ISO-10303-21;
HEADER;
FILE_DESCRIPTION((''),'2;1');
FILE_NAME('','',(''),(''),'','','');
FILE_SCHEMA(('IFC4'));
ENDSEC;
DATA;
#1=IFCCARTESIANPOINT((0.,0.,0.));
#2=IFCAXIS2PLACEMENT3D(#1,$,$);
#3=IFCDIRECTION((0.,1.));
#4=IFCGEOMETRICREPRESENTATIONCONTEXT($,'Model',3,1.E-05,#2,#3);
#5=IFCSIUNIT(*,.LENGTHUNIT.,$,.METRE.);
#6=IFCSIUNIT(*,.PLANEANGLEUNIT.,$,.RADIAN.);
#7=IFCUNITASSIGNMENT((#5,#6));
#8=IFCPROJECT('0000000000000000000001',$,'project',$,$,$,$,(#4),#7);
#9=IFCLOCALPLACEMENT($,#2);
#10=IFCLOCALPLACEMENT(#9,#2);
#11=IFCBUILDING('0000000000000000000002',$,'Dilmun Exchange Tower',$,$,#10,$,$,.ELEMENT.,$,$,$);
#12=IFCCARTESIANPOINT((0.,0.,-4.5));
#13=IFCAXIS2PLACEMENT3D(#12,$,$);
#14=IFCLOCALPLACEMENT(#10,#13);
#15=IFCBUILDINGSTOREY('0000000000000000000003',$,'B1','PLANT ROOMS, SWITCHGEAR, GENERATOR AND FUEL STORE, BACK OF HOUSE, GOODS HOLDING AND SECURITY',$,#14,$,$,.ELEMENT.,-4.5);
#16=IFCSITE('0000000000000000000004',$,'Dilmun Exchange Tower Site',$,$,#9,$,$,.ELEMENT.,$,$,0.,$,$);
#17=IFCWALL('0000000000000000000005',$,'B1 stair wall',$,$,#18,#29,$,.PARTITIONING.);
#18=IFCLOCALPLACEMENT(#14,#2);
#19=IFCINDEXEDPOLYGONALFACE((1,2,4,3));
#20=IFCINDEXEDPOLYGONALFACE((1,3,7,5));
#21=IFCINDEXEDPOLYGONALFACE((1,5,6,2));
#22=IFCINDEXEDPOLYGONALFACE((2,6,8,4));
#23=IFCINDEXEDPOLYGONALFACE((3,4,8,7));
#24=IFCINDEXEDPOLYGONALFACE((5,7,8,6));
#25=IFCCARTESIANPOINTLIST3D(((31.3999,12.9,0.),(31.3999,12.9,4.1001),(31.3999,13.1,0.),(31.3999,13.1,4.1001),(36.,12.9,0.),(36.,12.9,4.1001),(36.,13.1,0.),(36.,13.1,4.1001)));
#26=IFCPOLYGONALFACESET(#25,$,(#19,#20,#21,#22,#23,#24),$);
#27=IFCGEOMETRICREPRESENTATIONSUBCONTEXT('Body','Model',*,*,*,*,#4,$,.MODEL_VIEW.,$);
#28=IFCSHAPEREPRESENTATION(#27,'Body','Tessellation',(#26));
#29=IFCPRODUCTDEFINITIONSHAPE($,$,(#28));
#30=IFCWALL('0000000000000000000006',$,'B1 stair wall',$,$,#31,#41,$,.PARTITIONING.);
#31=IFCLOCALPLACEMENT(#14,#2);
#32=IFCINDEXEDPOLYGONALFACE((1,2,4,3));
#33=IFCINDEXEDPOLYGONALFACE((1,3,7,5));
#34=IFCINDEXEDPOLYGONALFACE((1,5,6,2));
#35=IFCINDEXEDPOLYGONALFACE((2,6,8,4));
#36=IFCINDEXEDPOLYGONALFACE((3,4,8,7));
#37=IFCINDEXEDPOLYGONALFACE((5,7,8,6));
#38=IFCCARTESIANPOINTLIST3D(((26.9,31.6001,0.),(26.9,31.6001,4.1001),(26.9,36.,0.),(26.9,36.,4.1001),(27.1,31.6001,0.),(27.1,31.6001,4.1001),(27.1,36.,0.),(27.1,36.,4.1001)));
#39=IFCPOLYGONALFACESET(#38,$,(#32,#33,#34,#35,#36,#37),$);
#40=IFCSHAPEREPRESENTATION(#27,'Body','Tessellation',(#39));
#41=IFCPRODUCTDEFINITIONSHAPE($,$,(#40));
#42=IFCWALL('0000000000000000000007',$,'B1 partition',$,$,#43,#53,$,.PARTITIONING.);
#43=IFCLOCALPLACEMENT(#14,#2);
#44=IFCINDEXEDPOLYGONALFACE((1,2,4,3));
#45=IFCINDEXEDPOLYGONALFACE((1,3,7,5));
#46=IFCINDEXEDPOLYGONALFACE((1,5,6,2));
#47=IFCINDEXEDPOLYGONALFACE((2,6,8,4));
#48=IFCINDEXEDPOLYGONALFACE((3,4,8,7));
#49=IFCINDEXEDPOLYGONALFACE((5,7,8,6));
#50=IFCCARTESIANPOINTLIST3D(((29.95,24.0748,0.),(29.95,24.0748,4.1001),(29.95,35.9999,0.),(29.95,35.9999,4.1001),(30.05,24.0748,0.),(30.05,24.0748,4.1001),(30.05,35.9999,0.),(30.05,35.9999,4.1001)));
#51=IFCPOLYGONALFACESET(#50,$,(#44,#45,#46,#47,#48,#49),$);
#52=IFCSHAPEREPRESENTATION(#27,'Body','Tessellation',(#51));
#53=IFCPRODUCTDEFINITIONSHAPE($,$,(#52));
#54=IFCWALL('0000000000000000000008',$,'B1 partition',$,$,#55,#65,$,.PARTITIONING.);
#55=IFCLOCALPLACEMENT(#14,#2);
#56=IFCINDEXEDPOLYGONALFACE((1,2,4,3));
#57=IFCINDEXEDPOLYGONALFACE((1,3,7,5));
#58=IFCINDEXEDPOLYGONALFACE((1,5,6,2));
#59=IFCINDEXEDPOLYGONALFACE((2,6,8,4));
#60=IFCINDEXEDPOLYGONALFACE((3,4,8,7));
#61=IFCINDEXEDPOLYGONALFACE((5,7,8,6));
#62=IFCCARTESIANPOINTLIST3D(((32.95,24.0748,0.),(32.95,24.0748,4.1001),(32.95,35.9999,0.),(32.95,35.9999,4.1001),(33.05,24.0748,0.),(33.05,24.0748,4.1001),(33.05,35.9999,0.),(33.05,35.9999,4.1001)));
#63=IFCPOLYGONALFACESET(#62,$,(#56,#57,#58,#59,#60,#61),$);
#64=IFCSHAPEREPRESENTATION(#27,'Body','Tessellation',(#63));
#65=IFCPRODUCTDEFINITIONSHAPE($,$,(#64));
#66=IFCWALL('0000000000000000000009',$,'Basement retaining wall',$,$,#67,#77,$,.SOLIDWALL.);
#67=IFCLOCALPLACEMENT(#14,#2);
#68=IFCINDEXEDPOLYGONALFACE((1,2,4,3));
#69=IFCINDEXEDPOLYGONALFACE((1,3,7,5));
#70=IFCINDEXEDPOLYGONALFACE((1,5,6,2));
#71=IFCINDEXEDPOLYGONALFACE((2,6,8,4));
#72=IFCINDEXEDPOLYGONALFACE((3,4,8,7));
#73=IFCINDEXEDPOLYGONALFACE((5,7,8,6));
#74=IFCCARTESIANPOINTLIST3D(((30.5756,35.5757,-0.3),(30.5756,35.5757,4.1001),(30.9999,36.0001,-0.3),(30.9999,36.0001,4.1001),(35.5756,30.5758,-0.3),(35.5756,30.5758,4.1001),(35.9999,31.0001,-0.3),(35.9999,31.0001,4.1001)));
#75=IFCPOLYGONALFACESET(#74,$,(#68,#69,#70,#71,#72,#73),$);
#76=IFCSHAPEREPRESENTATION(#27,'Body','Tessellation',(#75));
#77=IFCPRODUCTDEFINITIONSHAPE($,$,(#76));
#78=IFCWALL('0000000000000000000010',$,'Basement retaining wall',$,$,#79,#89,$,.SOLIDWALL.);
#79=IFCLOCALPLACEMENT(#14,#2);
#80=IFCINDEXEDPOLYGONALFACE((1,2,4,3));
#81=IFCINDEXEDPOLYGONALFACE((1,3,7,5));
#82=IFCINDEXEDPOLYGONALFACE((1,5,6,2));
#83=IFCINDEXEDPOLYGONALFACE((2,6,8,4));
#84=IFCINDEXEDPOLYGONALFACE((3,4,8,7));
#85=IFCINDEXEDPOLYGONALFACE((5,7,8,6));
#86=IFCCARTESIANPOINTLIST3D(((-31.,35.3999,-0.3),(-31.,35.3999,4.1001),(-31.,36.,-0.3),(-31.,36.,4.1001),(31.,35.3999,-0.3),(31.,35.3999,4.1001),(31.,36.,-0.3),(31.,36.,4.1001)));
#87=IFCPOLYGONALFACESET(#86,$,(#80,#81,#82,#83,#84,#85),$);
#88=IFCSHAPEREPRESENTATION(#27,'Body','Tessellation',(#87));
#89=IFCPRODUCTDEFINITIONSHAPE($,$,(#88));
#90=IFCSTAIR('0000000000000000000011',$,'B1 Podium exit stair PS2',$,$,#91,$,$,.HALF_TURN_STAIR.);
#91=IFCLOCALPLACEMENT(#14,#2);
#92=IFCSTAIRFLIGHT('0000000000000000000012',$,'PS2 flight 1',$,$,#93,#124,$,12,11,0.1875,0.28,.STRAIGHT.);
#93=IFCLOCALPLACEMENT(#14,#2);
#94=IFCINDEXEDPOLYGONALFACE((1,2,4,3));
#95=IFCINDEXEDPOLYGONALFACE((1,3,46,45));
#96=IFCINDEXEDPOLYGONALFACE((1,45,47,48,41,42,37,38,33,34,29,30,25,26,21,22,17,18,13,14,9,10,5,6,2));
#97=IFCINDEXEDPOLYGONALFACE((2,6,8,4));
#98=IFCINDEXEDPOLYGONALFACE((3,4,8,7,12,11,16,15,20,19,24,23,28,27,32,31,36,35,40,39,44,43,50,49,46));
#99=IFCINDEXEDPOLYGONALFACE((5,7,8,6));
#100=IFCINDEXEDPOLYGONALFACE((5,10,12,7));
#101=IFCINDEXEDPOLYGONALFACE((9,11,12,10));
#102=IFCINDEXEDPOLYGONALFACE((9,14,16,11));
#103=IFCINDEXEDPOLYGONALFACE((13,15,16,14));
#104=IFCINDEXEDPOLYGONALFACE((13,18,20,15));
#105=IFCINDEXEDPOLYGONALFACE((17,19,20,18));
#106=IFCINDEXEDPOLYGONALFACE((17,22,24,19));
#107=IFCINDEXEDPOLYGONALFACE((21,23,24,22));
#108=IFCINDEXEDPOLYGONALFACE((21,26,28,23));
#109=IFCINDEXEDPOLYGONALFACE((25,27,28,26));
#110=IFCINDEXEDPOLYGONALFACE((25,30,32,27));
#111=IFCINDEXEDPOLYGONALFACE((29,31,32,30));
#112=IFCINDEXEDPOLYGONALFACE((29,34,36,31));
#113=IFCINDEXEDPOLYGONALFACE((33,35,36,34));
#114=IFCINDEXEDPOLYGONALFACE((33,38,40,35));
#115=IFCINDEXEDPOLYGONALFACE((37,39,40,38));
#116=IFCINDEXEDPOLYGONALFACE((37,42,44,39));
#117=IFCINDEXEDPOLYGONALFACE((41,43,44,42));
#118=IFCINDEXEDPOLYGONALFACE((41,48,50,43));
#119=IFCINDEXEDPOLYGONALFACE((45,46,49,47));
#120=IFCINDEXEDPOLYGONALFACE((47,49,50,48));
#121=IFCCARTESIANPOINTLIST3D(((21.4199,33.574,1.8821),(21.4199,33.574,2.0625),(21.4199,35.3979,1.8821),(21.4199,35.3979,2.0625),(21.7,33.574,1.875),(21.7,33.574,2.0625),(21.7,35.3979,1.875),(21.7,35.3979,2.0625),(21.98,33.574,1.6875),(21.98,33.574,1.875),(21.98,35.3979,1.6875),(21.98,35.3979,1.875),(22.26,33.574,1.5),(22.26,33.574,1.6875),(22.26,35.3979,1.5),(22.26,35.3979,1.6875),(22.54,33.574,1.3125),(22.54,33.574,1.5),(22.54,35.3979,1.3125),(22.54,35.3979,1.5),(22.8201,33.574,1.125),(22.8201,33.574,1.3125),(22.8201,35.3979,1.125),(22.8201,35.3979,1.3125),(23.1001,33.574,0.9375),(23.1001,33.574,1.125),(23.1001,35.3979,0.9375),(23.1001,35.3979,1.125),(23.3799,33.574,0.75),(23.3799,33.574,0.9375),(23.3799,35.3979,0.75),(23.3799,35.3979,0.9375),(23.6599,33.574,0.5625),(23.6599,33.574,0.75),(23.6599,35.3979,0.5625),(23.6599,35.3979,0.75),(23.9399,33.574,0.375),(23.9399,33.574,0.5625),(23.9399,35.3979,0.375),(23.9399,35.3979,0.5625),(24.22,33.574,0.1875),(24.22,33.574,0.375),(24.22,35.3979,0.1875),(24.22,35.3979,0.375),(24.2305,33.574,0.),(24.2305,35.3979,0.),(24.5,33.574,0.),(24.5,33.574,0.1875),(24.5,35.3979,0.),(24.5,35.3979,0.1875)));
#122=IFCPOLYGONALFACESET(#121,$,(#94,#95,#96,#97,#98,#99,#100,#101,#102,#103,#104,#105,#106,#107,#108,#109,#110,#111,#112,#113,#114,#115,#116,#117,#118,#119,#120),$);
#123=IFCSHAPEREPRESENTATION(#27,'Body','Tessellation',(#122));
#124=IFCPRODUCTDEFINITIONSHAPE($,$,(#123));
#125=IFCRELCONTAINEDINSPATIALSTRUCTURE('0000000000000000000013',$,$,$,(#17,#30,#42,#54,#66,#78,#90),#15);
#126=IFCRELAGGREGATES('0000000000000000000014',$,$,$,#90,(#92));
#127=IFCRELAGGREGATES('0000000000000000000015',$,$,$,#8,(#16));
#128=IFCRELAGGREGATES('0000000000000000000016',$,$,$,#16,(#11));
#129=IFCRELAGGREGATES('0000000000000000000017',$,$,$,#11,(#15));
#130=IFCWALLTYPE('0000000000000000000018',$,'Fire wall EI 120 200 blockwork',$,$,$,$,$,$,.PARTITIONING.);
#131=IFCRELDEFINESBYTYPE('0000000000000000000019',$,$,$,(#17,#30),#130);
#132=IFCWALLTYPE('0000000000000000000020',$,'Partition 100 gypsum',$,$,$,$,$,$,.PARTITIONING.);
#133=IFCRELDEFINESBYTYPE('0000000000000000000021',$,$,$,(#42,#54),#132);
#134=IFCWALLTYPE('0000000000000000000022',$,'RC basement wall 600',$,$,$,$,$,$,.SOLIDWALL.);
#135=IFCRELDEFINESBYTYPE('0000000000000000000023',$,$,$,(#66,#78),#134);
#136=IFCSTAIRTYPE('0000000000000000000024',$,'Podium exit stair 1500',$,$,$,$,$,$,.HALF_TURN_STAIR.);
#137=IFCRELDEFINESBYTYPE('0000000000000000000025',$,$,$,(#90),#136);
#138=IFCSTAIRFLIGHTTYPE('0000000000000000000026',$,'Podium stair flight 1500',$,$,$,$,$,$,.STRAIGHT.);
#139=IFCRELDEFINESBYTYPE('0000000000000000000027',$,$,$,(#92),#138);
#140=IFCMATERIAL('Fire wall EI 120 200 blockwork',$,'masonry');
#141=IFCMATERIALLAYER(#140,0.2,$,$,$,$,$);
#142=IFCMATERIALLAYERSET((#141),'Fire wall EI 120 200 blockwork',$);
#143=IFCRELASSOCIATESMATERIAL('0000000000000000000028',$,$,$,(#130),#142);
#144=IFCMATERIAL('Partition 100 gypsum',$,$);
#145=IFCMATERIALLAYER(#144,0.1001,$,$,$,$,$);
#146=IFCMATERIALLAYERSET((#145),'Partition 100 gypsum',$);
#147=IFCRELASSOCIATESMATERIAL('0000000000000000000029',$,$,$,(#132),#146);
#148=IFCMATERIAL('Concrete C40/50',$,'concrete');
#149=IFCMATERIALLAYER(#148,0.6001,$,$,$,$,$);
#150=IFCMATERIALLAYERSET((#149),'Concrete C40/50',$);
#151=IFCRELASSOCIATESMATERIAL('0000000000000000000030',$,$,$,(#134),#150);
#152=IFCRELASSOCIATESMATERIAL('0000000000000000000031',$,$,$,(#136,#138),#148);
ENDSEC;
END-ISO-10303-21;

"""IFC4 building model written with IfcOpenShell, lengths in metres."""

from ifc_helpers import new_model, si_unit, direction, frame, frame_2d, origin, place, context, subcontext, project, spatial, polyline, rectangle, outline, extrude, material, layer, layer_set, type_object, element, aggregate, save


model = new_model("IFC4")

# Units and contexts
model_context = context("Model", 3, precision=1e-05, world=origin(), true_north=direction((0.0, 1.0)))
body_context = subcontext(model_context, "Body", "Model", "MODEL_VIEW")
ifc_project = project(units=[si_unit("LENGTHUNIT", "METRE"), si_unit("PLANEANGLEUNIT", "RADIAN")], contexts=[model_context])

# Site, building, storey
site_placement = place(None, origin())
site = spatial("IfcSite", under=ifc_project, at=site_placement, Name="Dilmun Exchange Tower Site", CompositionType="ELEMENT", RefElevation=0.0)
building_placement = place(site_placement, origin())
building = spatial("IfcBuilding", under=site, at=building_placement, Name="Dilmun Exchange Tower", CompositionType="ELEMENT")
storey_placement = place(building_placement, frame((0.0, 0.0, -4.5)))
storey = spatial("IfcBuildingStorey", under=building, at=storey_placement, Name="B1", Description="PLANT ROOMS, SWITCHGEAR, GENERATOR AND FUEL STORE, BACK OF HOUSE, GOODS HOLDING AND SECURITY", CompositionType="ELEMENT", Elevation=-4.5)

# Walls
ifc_material_1 = material(Name="Fire wall EI 120 200 blockwork", Category="masonry")
ifc_layer_1 = layer(ifc_material_1, 0.2)
ifc_layer_set_1 = layer_set([ifc_layer_1], Name="Fire wall EI 120 200 blockwork")
wall_type_1 = type_object("IfcWallType", Name="Fire wall EI 120 200 blockwork", PredefinedType="PARTITIONING", material=ifc_layer_set_1)
wall_1_placement = place(storey_placement, frame((31.3999, 13.0, 0.0), z_axis=(0.0, 0.0, 1.0), x_axis=(1.0, 0.0, 0.0)))
element("IfcWall", 1, at=wall_1_placement, inside=storey, type_object=wall_type_1, Name="B1 stair wall", PredefinedType="PARTITIONING", context=body_context, shape_type="SweptSolid", body=[
    extrude(rectangle(XDim=4.6001, YDim=0.2, at=frame_2d((2.3, 0.0))), origin(), (0.0, 0.0, 1.0), 4.1001),
])
wall_2_placement = place(storey_placement, frame((27.0, 31.6001, 0.0), z_axis=(0.0, 0.0, 1.0), x_axis=(0.0, 1.0, 0.0)))
element("IfcWall", 2, at=wall_2_placement, inside=storey, type_object=wall_type_1, Name="B1 stair wall", PredefinedType="PARTITIONING", context=body_context, shape_type="SweptSolid", body=[
    extrude(rectangle(XDim=4.3999, YDim=0.2, at=frame_2d((2.2, 0.0))), origin(), (0.0, 0.0, 1.0), 4.1001),
])
ifc_material_2 = material(Name="Partition 100 gypsum")
ifc_layer_2 = layer(ifc_material_2, 0.1001)
ifc_layer_set_2 = layer_set([ifc_layer_2], Name="Partition 100 gypsum")
wall_type_2 = type_object("IfcWallType", Name="Partition 100 gypsum", PredefinedType="PARTITIONING", material=ifc_layer_set_2)
for number, where, z_axis, x_axis, name in (
    (3, (30.0, 24.075, 0.0), (0.0, 0.0, 1.0), (0.0, 1.0, 0.0), "B1 partition"),
    (4, (33.0, 24.075, 0.0), (0.0, 0.0, 1.0), (0.0, 1.0, 0.0), "B1 partition"),
):
    element("IfcWall", number, at=place(storey_placement, frame(where, z_axis=z_axis, x_axis=x_axis)), inside=storey, type_object=wall_type_2, Name=name, PredefinedType="PARTITIONING", context=body_context, shape_type="SweptSolid", body=[
        extrude(rectangle(XDim=11.925, YDim=0.1001, at=frame_2d((5.9624, 0.0))), origin(), (0.0, 0.0, 1.0), 4.1001),
    ])
ifc_material_3 = material(Name="Concrete C40/50", Category="concrete")
ifc_layer_3 = layer(ifc_material_3, 0.6001)
ifc_layer_set_3 = layer_set([ifc_layer_3], Name="Concrete C40/50")
wall_type_3 = type_object("IfcWallType", Name="RC basement wall 600", PredefinedType="SOLIDWALL", material=ifc_layer_set_3)
wall_3_placement = place(storey_placement, frame((35.7878, 30.7878, -0.3), z_axis=(0.0, 0.0, 1.0), x_axis=(-0.707107, 0.707107, 0.0)))
element("IfcWall", 5, at=wall_3_placement, inside=storey, type_object=wall_type_3, Name="Basement retaining wall", PredefinedType="SOLIDWALL", context=body_context, shape_type="SweptSolid", body=[
    extrude(rectangle(XDim=7.071, YDim=0.6001, at=frame_2d((3.5356, 0.0))), origin(), (0.0, 0.0, 1.0), 4.4001),
])
wall_4_placement = place(storey_placement, frame((31.0, 35.7, -0.3), z_axis=(0.0, 0.0, 1.0), x_axis=(-1.0, 0.0, 0.0)))
element("IfcWall", 6, at=wall_4_placement, inside=storey, type_object=wall_type_3, Name="Basement retaining wall", PredefinedType="SOLIDWALL", context=body_context, shape_type="SweptSolid", body=[
    extrude(rectangle(XDim=62.0, YDim=0.6001, at=frame_2d((31.0, 0.0))), origin(), (0.0, 0.0, 1.0), 4.4001),
])

# Stair, stair flight
stair_type = type_object("IfcStairType", Name="Podium exit stair 1500", PredefinedType="HALF_TURN_STAIR", material=ifc_material_3)
stair_placement = place(storey_placement, origin())
stair = element("IfcStair", 7, at=stair_placement, inside=storey, type_object=stair_type, Name="B1 Podium exit stair PS2", PredefinedType="HALF_TURN_STAIR")
stair_flight_type = type_object("IfcStairFlightType", Name="Podium stair flight 1500", PredefinedType="STRAIGHT", material=ifc_material_3)
stair_flight_placement = place(storey_placement, frame((24.5, 34.4861, 0.0), z_axis=(0.0, 0.0, 1.0), x_axis=(-1.0, 0.0, 0.0)))
stair_flight = element("IfcStairFlight", 8, at=stair_flight_placement, type_object=stair_flight_type, Name="PS2 flight 1", NumberOfRisers=12, NumberOfTreads=11, PredefinedType="STRAIGHT", RiserHeight=0.1875, TreadLength=0.28, context=body_context, shape_type="SweptSolid", body=[
    extrude(outline(polyline([(0.0, 0.0), (0.0, 0.1875), (0.28, 0.1875), (0.28, 0.375), (0.5601, 0.375), (0.5601, 0.5625), (0.8401, 0.5625), (0.8401, 0.75), (1.1201, 0.75), (1.1201, 0.9375), (1.3999, 0.9375), (1.3999, 1.125), (1.6799, 1.125), (1.6799, 1.3125), (1.96, 1.3125), (1.96, 1.5), (2.24, 1.5), (2.24, 1.6875), (2.52, 1.6875), (2.52, 1.875), (2.8, 1.875), (2.8, 2.0625), (3.0801, 2.0625), (3.0801, 2.25), (3.0801, 1.8821), (0.2695, 0.0), (0.0, 0.0)])), frame((0.0, 0.9121, 0.0), z_axis=(0.0, -1.0, 0.0), x_axis=(1.0, 0.0, 0.0)), (0.0, 0.0, 1.0), 1.824),
])
aggregate(stair, [stair_flight])

save(model, "model.ifc")
